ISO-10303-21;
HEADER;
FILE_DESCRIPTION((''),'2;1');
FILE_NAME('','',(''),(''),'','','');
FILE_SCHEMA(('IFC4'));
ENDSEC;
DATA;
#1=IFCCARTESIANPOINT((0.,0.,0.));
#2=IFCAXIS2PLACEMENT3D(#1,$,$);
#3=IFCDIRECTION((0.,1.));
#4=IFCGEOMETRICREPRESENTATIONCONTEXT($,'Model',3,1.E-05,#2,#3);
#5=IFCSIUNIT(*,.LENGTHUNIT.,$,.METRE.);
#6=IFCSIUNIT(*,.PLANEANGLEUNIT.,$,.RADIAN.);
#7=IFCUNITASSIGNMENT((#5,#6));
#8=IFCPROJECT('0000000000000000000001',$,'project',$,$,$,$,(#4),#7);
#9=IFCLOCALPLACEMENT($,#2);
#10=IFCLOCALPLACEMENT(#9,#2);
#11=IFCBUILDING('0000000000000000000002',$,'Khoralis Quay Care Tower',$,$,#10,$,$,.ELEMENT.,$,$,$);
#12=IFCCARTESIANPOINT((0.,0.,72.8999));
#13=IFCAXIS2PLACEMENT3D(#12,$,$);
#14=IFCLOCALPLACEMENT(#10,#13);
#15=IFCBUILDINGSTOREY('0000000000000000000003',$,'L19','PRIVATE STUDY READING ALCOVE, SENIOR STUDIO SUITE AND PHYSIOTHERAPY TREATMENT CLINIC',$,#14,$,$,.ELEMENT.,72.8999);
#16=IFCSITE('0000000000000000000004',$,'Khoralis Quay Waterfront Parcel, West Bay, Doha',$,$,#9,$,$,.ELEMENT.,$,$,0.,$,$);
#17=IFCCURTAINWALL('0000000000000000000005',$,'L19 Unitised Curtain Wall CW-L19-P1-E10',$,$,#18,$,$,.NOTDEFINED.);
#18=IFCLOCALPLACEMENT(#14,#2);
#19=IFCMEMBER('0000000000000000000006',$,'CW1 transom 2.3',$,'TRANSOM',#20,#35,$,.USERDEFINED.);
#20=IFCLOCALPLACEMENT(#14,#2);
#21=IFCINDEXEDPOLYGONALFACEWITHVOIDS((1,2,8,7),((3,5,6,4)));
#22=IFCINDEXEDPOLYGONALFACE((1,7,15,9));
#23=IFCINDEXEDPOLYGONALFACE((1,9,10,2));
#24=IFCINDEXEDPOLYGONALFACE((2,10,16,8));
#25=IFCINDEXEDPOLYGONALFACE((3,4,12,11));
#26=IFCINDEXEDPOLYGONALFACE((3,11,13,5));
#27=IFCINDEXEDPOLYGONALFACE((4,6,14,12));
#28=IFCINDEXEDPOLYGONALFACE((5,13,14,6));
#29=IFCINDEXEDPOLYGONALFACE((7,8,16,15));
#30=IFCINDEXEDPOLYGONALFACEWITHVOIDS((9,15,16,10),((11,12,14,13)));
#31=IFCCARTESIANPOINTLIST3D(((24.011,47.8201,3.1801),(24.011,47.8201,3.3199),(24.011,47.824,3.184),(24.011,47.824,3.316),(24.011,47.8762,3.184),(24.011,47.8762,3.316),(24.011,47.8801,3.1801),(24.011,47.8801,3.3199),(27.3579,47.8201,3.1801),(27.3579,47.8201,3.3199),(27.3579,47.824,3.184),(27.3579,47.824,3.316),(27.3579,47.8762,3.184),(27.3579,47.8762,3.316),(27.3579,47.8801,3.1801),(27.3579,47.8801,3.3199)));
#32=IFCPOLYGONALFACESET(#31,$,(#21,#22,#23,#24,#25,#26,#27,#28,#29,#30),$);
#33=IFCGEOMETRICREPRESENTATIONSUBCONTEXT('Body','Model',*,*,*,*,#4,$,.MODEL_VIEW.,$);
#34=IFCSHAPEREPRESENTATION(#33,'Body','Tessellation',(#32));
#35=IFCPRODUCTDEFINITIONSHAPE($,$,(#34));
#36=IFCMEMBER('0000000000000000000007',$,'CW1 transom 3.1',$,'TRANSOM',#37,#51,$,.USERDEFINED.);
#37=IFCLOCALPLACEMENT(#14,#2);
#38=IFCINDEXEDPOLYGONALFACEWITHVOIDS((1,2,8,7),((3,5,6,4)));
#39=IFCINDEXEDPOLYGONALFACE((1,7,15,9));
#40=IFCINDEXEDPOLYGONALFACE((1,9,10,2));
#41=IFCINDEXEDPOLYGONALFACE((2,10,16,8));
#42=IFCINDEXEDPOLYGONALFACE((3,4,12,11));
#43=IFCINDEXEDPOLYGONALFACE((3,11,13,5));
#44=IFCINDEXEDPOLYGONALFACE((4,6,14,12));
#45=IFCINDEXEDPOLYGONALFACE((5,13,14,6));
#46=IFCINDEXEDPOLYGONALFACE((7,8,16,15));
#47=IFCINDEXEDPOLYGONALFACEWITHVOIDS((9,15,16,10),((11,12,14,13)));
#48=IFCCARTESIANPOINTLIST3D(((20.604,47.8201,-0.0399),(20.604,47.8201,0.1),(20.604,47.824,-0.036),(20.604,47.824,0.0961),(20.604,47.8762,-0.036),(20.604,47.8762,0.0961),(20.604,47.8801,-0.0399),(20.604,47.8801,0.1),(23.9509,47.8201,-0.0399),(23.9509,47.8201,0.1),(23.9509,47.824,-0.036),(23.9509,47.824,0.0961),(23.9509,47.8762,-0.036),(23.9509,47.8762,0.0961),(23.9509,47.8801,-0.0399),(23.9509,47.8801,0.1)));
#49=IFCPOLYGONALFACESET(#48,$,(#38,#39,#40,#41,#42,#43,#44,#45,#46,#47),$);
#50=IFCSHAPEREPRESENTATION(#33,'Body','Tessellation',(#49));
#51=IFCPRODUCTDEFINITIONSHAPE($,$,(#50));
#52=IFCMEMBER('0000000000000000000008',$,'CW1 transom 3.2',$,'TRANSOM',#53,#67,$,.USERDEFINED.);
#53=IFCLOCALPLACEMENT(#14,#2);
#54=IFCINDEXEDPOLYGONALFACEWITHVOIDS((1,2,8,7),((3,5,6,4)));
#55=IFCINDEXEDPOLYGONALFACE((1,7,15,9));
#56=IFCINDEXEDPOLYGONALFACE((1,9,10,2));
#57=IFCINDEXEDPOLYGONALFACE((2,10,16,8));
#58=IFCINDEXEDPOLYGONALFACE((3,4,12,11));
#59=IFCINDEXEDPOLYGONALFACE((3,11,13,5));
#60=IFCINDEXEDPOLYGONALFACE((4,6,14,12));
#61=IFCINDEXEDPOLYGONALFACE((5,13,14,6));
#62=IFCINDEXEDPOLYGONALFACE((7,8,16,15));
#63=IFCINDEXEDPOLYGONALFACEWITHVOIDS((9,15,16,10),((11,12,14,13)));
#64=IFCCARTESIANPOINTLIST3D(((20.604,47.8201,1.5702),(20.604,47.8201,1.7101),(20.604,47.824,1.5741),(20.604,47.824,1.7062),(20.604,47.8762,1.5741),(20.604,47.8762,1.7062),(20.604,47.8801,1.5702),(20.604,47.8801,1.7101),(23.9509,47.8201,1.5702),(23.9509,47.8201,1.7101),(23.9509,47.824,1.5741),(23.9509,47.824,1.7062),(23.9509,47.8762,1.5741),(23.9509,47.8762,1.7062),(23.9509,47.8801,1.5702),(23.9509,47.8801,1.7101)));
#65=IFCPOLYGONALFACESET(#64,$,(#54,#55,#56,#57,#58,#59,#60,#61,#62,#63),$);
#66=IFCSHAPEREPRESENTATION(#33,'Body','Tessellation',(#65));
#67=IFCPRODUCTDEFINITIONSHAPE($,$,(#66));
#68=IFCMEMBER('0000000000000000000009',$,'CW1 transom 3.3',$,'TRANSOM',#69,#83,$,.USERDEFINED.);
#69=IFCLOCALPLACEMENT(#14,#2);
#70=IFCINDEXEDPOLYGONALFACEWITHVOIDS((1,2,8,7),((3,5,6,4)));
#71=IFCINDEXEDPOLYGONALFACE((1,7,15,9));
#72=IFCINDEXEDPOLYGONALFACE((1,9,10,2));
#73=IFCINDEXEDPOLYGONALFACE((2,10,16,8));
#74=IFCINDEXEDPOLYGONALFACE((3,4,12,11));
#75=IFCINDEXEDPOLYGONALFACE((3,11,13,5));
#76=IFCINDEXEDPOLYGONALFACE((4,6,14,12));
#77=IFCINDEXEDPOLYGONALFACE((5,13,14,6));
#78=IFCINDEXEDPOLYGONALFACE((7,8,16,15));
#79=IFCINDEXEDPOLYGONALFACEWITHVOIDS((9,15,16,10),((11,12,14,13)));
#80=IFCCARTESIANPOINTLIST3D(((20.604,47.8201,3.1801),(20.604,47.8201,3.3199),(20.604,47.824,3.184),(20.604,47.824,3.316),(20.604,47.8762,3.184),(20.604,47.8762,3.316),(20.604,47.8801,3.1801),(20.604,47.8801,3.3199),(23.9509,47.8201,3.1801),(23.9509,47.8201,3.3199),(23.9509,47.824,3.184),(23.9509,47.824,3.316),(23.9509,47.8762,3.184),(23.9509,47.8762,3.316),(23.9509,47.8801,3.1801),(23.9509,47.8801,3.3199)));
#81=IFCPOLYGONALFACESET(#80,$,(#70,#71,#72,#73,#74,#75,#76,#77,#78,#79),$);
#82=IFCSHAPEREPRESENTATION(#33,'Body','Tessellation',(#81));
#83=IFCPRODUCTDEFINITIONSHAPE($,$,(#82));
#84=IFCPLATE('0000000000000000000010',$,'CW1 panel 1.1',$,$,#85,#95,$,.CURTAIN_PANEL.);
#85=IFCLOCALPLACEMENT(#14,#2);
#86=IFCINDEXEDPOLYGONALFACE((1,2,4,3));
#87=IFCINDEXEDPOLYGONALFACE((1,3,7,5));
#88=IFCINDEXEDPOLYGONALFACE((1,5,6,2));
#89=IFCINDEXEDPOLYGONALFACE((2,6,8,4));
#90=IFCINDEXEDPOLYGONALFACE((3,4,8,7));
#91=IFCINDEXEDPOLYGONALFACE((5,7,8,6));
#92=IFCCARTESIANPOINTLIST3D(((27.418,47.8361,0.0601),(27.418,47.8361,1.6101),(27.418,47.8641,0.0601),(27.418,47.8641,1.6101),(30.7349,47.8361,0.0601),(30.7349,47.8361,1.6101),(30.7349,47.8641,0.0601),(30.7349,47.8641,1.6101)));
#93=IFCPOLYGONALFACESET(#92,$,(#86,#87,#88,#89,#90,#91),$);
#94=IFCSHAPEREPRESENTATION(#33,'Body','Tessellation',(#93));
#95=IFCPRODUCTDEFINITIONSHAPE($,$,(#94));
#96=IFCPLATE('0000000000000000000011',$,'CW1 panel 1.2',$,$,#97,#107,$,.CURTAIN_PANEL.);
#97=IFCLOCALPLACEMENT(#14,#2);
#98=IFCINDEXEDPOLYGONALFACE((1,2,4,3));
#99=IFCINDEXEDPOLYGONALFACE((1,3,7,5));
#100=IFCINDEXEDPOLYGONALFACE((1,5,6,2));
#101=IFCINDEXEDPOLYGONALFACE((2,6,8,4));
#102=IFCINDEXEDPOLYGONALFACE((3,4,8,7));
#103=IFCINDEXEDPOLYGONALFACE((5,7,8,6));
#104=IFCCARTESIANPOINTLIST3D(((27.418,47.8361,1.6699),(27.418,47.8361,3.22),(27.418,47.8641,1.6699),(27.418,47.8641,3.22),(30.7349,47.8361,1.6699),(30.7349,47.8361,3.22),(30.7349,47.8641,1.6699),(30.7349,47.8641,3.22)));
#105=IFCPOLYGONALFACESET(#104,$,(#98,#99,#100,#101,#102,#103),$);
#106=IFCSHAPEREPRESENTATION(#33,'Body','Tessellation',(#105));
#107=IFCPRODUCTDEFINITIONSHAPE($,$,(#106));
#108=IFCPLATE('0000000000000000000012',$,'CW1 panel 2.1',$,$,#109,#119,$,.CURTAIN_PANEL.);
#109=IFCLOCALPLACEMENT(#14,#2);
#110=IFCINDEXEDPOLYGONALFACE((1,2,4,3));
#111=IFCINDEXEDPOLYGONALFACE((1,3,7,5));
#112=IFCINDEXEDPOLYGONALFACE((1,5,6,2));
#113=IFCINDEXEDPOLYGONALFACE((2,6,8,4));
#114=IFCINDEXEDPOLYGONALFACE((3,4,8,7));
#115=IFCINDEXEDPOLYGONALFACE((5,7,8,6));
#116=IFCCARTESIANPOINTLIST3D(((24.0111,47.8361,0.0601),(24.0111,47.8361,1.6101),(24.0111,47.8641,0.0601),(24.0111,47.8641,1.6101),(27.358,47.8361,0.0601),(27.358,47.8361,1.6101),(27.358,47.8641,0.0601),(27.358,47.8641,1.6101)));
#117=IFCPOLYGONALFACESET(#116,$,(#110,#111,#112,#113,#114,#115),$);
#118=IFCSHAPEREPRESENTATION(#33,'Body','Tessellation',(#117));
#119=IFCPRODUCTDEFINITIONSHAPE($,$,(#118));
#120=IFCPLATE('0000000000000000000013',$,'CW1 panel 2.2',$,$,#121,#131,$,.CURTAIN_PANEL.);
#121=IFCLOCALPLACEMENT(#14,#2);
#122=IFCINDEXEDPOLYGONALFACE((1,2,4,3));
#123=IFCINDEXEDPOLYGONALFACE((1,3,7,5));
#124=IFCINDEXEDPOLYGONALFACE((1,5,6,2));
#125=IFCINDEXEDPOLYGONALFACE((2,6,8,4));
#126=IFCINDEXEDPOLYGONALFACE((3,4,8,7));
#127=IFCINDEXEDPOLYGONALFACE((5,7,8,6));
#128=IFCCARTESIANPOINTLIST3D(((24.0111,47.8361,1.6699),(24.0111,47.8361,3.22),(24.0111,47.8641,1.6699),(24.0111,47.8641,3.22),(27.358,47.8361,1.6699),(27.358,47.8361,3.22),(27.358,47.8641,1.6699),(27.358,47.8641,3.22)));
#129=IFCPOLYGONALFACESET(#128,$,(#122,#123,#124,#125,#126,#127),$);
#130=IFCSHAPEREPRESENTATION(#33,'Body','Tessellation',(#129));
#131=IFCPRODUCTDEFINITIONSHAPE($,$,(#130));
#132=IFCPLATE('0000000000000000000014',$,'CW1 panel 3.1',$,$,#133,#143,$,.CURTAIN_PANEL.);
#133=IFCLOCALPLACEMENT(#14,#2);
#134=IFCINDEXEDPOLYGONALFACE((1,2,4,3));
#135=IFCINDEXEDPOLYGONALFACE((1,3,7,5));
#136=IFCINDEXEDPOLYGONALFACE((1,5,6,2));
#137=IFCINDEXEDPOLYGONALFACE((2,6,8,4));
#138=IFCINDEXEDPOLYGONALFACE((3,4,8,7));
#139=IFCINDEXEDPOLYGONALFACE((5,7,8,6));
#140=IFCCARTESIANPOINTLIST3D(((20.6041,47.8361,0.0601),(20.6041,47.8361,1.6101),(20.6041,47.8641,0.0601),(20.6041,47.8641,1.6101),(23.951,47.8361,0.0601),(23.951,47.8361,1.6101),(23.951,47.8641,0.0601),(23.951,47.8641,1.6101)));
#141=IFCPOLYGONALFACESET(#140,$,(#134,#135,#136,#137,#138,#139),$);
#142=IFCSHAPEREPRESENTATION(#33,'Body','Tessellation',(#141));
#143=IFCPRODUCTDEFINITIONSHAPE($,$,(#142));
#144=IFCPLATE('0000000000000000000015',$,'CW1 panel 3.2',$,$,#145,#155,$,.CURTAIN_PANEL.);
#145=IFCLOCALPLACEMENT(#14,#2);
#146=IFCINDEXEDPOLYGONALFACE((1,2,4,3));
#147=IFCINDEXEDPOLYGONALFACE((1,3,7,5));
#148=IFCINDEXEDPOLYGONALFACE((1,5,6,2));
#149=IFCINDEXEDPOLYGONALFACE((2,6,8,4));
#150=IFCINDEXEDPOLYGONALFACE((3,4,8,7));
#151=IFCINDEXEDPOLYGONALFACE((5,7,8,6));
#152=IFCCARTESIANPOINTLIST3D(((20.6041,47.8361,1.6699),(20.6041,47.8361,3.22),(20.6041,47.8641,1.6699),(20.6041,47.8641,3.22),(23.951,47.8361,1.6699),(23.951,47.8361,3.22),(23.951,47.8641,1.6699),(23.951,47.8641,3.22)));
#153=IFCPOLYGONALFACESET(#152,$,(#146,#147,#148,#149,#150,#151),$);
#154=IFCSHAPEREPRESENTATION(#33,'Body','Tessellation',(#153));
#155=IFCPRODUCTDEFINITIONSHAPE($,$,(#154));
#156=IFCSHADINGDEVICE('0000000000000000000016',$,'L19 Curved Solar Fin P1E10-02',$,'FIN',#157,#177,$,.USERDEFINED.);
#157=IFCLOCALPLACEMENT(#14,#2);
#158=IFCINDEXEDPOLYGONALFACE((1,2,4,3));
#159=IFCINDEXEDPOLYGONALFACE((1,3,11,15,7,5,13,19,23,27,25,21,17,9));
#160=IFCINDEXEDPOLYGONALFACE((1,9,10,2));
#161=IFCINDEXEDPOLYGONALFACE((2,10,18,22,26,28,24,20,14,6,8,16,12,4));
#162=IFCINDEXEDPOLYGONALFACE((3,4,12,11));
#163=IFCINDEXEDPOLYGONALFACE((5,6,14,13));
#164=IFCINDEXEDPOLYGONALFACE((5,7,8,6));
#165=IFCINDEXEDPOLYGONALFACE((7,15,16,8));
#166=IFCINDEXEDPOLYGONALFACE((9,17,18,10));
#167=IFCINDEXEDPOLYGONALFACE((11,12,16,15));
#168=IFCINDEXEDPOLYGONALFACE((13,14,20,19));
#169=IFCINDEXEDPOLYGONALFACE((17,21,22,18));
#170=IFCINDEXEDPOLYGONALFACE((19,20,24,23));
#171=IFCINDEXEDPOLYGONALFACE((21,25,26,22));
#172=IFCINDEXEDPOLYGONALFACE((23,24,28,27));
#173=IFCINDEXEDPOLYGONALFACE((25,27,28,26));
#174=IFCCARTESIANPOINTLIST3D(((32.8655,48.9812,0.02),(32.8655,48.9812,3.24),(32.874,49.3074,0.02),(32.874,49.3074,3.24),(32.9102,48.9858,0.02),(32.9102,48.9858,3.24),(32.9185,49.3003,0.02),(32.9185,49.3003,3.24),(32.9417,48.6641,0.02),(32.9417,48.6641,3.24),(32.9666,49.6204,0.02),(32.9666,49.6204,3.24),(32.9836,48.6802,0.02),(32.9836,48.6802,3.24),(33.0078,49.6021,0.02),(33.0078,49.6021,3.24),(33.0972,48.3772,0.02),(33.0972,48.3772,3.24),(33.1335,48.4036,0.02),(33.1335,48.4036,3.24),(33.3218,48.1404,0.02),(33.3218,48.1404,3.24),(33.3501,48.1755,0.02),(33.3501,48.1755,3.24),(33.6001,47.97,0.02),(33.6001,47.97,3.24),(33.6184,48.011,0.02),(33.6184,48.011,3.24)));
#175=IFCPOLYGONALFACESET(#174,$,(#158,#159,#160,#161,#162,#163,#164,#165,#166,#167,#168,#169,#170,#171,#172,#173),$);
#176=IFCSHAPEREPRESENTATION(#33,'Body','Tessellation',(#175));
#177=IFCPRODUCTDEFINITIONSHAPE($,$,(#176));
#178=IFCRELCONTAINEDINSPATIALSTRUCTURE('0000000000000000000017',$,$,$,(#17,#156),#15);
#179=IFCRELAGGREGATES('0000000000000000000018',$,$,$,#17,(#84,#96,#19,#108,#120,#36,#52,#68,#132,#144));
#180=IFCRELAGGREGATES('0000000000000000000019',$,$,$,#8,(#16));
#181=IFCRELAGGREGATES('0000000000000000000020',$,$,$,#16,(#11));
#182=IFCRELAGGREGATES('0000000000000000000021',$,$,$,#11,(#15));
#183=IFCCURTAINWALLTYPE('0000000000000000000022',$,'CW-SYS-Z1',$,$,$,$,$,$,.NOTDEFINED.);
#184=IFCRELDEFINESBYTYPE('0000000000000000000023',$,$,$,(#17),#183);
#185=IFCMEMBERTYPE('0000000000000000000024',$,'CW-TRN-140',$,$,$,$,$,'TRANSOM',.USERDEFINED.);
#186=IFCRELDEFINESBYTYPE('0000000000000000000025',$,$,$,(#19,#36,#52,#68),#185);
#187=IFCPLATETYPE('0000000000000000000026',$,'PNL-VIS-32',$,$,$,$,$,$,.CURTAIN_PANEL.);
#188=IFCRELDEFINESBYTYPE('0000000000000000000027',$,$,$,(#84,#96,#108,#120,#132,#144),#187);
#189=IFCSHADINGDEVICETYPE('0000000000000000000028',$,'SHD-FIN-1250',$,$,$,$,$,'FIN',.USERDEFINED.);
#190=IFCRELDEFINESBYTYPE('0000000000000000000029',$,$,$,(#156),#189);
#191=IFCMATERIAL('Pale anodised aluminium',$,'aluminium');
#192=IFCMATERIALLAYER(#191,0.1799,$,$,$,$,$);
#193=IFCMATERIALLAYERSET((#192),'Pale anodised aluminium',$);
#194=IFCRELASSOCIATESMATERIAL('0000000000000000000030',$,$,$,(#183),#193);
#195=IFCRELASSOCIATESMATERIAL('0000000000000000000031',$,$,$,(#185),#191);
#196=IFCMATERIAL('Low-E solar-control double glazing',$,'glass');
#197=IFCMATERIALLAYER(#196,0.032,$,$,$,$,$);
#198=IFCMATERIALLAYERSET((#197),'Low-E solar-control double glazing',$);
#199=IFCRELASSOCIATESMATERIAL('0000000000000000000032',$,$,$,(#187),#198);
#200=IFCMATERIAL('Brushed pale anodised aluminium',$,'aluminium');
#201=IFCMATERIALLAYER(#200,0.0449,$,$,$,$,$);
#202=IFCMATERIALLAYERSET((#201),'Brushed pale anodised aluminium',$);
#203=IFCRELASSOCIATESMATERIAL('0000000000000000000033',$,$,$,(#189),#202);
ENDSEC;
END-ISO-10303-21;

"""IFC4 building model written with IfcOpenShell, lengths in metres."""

from ifc_helpers import new_model, si_unit, direction, frame, origin, origin_2d, place, context, subcontext, project, spatial, polyline, rectangle, hollow_rectangle, outline, extrude, source, transform, mapped, material, layer, layer_set, material_profile, profile_set, type_object, element, aggregate, save


model = new_model("IFC4")

# Units and contexts
model_context = context("Model", 3, precision=1e-05, world=origin(), true_north=direction((0.0, 1.0)))
body_context = subcontext(model_context, "Body", "Model", "MODEL_VIEW")
ifc_project = project(units=[si_unit("LENGTHUNIT", "METRE"), si_unit("PLANEANGLEUNIT", "RADIAN")], contexts=[model_context])

# Site, building, storey
site_placement = place(None, origin())
site = spatial("IfcSite", under=ifc_project, at=site_placement, Name="Khoralis Quay Waterfront Parcel, West Bay, Doha", CompositionType="ELEMENT", RefElevation=0.0)
building_placement = place(site_placement, origin())
building = spatial("IfcBuilding", under=site, at=building_placement, Name="Khoralis Quay Care Tower", CompositionType="ELEMENT")
storey_placement = place(building_placement, frame((0.0, 0.0, 72.8999)))
storey = spatial("IfcBuildingStorey", under=building, at=storey_placement, Name="L19", Description="PRIVATE STUDY READING ALCOVE, SENIOR STUDIO SUITE AND PHYSIOTHERAPY TREATMENT CLINIC", CompositionType="ELEMENT", Elevation=72.8999)

# Curtain wall, members, plates
ifc_material_1 = material(Name="Pale anodised aluminium", Category="aluminium")
ifc_layer_1 = layer(ifc_material_1, 0.1799)
ifc_layer_set_1 = layer_set([ifc_layer_1], Name="Pale anodised aluminium")
curtain_wall_type = type_object("IfcCurtainWallType", Name="CW-SYS-Z1", PredefinedType="NOTDEFINED", material=ifc_layer_set_1)
curtain_wall_placement = place(storey_placement, origin())
curtain_wall = element("IfcCurtainWall", 1, at=curtain_wall_placement, inside=storey, type_object=curtain_wall_type, Name="L19 Unitised Curtain Wall CW-L19-P1-E10", PredefinedType="NOTDEFINED")
ifc_material_profile_1 = material_profile(ifc_material_1, hollow_rectangle(XDim=0.0601, YDim=0.1399, WallThickness=0.0039, at=origin_2d()), Name="Pale anodised aluminium")
ifc_profile_set_1 = profile_set([ifc_material_profile_1], Name="Pale anodised aluminium")
member_type_1 = type_object("IfcMemberType", Name="CW-TRN-140", ElementType="TRANSOM", PredefinedType="USERDEFINED", material=ifc_profile_set_1)
shared_shape_1 = source(origin(), body_context, "Body", "SweptSolid", [
    extrude(hollow_rectangle(XDim=0.0601, YDim=0.1399, WallThickness=0.0039, at=origin_2d()), origin(), (0.0, 0.0, 1.0), 3.3469),
])
member_1_placement = place(storey_placement, frame((27.3579, 47.8501, 3.25), z_axis=(-1.0, 0.0, 0.0), x_axis=(0.0, -1.0, 0.0)))
member_1 = element("IfcMember", 2, at=member_1_placement, type_object=member_type_1, Name="CW1 transom 2.3", ObjectType="TRANSOM", PredefinedType="USERDEFINED", context=body_context, shape_type="MappedRepresentation", body=[
    mapped(shared_shape_1, transform((0.0, 0.0, 0.0), scale=1.0)),
])
member_2_placement = place(storey_placement, frame((23.9509, 47.8501, 0.03), z_axis=(-1.0, 0.0, 0.0), x_axis=(0.0, -1.0, 0.0)))
member_2 = element("IfcMember", 3, at=member_2_placement, type_object=member_type_1, Name="CW1 transom 3.1", ObjectType="TRANSOM", PredefinedType="USERDEFINED", context=body_context, shape_type="MappedRepresentation", body=[
    mapped(shared_shape_1, transform((0.0, 0.0, 0.0), scale=1.0)),
])
member_3_placement = place(storey_placement, frame((23.9509, 47.8501, 1.6401), z_axis=(-1.0, 0.0, 0.0), x_axis=(0.0, -1.0, 0.0)))
member_3 = element("IfcMember", 4, at=member_3_placement, type_object=member_type_1, Name="CW1 transom 3.2", ObjectType="TRANSOM", PredefinedType="USERDEFINED", context=body_context, shape_type="MappedRepresentation", body=[
    mapped(shared_shape_1, transform((0.0, 0.0, 0.0), scale=1.0)),
])
member_4_placement = place(storey_placement, frame((23.9509, 47.8501, 3.25), z_axis=(-1.0, 0.0, 0.0), x_axis=(0.0, -1.0, 0.0)))
member_4 = element("IfcMember", 5, at=member_4_placement, type_object=member_type_1, Name="CW1 transom 3.3", ObjectType="TRANSOM", PredefinedType="USERDEFINED", context=body_context, shape_type="MappedRepresentation", body=[
    mapped(shared_shape_1, transform((0.0, 0.0, 0.0), scale=1.0)),
])
ifc_material_2 = material(Name="Low-E solar-control double glazing", Category="glass")
ifc_layer_2 = layer(ifc_material_2, 0.032)
ifc_layer_set_2 = layer_set([ifc_layer_2], Name="Low-E solar-control double glazing")
plate_type = type_object("IfcPlateType", Name="PNL-VIS-32", PredefinedType="CURTAIN_PANEL", material=ifc_layer_set_2)
shared_shape_2 = source(origin(), body_context, "Body", "SweptSolid", [
    extrude(rectangle(XDim=3.3169, YDim=0.0281, at=origin_2d()), origin(), (0.0, 0.0, 1.0), 1.55),
])
plate_1_placement = place(storey_placement, frame((29.0764, 47.8501, 0.0601), z_axis=(0.0, 0.0, 1.0), x_axis=(-1.0, 0.0, 0.0)))
plate_1 = element("IfcPlate", 6, at=plate_1_placement, type_object=plate_type, Name="CW1 panel 1.1", PredefinedType="CURTAIN_PANEL", context=body_context, shape_type="MappedRepresentation", body=[
    mapped(shared_shape_2, transform((0.0, 0.0, 0.0), scale=1.0)),
])
plate_2_placement = place(storey_placement, frame((29.0764, 47.8501, 1.6699), z_axis=(0.0, 0.0, 1.0), x_axis=(-1.0, 0.0, 0.0)))
plate_2 = element("IfcPlate", 7, at=plate_2_placement, type_object=plate_type, Name="CW1 panel 1.2", PredefinedType="CURTAIN_PANEL", context=body_context, shape_type="MappedRepresentation", body=[
    mapped(shared_shape_2, transform((0.0, 0.0, 0.0), scale=1.0)),
])
shared_shape_3 = source(origin(), body_context, "Body", "SweptSolid", [
    extrude(rectangle(XDim=3.3469, YDim=0.0281, at=origin_2d()), origin(), (0.0, 0.0, 1.0), 1.55),
])
plate_3_placement = place(storey_placement, frame((25.6846, 47.8501, 0.0601), z_axis=(0.0, 0.0, 1.0), x_axis=(-1.0, 0.0, 0.0)))
plate_3 = element("IfcPlate", 8, at=plate_3_placement, type_object=plate_type, Name="CW1 panel 2.1", PredefinedType="CURTAIN_PANEL", context=body_context, shape_type="MappedRepresentation", body=[
    mapped(shared_shape_3, transform((0.0, 0.0, 0.0), scale=1.0)),
])
plate_4_placement = place(storey_placement, frame((25.6846, 47.8501, 1.6699), z_axis=(0.0, 0.0, 1.0), x_axis=(-1.0, 0.0, 0.0)))
plate_4 = element("IfcPlate", 9, at=plate_4_placement, type_object=plate_type, Name="CW1 panel 2.2", PredefinedType="CURTAIN_PANEL", context=body_context, shape_type="MappedRepresentation", body=[
    mapped(shared_shape_3, transform((0.0, 0.0, 0.0), scale=1.0)),
])
plate_5_placement = place(storey_placement, frame((22.2776, 47.8501, 0.0601), z_axis=(0.0, 0.0, 1.0), x_axis=(-1.0, 0.0, 0.0)))
plate_5 = element("IfcPlate", 10, at=plate_5_placement, type_object=plate_type, Name="CW1 panel 3.1", PredefinedType="CURTAIN_PANEL", context=body_context, shape_type="MappedRepresentation", body=[
    mapped(shared_shape_3, transform((0.0, 0.0, 0.0), scale=1.0)),
])
plate_6_placement = place(storey_placement, frame((22.2776, 47.8501, 1.6699), z_axis=(0.0, 0.0, 1.0), x_axis=(-1.0, 0.0, 0.0)))
plate_6 = element("IfcPlate", 11, at=plate_6_placement, type_object=plate_type, Name="CW1 panel 3.2", PredefinedType="CURTAIN_PANEL", context=body_context, shape_type="MappedRepresentation", body=[
    mapped(shared_shape_3, transform((0.0, 0.0, 0.0), scale=1.0)),
])
aggregate(curtain_wall, [plate_1, plate_2, member_1, plate_3, plate_4, member_2, member_3, member_4, plate_5, plate_6])

# Shading device
ifc_material_3 = material(Name="Brushed pale anodised aluminium", Category="aluminium")
ifc_layer_3 = layer(ifc_material_3, 0.0449)
ifc_layer_set_3 = layer_set([ifc_layer_3], Name="Brushed pale anodised aluminium")
shading_device_type = type_object("IfcShadingDeviceType", Name="SHD-FIN-1250", ElementType="FIN", PredefinedType="USERDEFINED", material=ifc_layer_set_3)
shared_shape_4 = source(origin(), body_context, "Body", "SweptSolid", [
    extrude(outline(polyline([(0.0, 0.0), (0.1704, 0.2783), (0.4072, 0.5029), (0.6941, 0.6584), (1.0112, 0.7346), (1.3374, 0.7261), (1.6504, 0.6335), (1.6321, 0.5923), (1.3303, 0.6816), (1.0159, 0.6899), (0.7102, 0.6165), (0.4336, 0.4666), (0.2056, 0.25), (0.041, -0.0183), (0.0, 0.0)])), origin(), (0.0, 0.0, 1.0), 3.22),
])
for number, where, z_axis, x_axis, name in (
    (12, (33.6001, 47.97, 0.02), (0.0, 0.0, 1.0), (0.0, 1.0, 0.0), "L19 Curved Solar Fin P1E10-02"),
):
    element("IfcShadingDevice", number, at=place(storey_placement, frame(where, z_axis=z_axis, x_axis=x_axis)), inside=storey, type_object=shading_device_type, Name=name, ObjectType="FIN", PredefinedType="USERDEFINED", context=body_context, shape_type="MappedRepresentation", body=[
        mapped(shared_shape_4, transform((0.0, 0.0, 0.0), scale=1.0)),
    ])

save(model, "model.ifc")
